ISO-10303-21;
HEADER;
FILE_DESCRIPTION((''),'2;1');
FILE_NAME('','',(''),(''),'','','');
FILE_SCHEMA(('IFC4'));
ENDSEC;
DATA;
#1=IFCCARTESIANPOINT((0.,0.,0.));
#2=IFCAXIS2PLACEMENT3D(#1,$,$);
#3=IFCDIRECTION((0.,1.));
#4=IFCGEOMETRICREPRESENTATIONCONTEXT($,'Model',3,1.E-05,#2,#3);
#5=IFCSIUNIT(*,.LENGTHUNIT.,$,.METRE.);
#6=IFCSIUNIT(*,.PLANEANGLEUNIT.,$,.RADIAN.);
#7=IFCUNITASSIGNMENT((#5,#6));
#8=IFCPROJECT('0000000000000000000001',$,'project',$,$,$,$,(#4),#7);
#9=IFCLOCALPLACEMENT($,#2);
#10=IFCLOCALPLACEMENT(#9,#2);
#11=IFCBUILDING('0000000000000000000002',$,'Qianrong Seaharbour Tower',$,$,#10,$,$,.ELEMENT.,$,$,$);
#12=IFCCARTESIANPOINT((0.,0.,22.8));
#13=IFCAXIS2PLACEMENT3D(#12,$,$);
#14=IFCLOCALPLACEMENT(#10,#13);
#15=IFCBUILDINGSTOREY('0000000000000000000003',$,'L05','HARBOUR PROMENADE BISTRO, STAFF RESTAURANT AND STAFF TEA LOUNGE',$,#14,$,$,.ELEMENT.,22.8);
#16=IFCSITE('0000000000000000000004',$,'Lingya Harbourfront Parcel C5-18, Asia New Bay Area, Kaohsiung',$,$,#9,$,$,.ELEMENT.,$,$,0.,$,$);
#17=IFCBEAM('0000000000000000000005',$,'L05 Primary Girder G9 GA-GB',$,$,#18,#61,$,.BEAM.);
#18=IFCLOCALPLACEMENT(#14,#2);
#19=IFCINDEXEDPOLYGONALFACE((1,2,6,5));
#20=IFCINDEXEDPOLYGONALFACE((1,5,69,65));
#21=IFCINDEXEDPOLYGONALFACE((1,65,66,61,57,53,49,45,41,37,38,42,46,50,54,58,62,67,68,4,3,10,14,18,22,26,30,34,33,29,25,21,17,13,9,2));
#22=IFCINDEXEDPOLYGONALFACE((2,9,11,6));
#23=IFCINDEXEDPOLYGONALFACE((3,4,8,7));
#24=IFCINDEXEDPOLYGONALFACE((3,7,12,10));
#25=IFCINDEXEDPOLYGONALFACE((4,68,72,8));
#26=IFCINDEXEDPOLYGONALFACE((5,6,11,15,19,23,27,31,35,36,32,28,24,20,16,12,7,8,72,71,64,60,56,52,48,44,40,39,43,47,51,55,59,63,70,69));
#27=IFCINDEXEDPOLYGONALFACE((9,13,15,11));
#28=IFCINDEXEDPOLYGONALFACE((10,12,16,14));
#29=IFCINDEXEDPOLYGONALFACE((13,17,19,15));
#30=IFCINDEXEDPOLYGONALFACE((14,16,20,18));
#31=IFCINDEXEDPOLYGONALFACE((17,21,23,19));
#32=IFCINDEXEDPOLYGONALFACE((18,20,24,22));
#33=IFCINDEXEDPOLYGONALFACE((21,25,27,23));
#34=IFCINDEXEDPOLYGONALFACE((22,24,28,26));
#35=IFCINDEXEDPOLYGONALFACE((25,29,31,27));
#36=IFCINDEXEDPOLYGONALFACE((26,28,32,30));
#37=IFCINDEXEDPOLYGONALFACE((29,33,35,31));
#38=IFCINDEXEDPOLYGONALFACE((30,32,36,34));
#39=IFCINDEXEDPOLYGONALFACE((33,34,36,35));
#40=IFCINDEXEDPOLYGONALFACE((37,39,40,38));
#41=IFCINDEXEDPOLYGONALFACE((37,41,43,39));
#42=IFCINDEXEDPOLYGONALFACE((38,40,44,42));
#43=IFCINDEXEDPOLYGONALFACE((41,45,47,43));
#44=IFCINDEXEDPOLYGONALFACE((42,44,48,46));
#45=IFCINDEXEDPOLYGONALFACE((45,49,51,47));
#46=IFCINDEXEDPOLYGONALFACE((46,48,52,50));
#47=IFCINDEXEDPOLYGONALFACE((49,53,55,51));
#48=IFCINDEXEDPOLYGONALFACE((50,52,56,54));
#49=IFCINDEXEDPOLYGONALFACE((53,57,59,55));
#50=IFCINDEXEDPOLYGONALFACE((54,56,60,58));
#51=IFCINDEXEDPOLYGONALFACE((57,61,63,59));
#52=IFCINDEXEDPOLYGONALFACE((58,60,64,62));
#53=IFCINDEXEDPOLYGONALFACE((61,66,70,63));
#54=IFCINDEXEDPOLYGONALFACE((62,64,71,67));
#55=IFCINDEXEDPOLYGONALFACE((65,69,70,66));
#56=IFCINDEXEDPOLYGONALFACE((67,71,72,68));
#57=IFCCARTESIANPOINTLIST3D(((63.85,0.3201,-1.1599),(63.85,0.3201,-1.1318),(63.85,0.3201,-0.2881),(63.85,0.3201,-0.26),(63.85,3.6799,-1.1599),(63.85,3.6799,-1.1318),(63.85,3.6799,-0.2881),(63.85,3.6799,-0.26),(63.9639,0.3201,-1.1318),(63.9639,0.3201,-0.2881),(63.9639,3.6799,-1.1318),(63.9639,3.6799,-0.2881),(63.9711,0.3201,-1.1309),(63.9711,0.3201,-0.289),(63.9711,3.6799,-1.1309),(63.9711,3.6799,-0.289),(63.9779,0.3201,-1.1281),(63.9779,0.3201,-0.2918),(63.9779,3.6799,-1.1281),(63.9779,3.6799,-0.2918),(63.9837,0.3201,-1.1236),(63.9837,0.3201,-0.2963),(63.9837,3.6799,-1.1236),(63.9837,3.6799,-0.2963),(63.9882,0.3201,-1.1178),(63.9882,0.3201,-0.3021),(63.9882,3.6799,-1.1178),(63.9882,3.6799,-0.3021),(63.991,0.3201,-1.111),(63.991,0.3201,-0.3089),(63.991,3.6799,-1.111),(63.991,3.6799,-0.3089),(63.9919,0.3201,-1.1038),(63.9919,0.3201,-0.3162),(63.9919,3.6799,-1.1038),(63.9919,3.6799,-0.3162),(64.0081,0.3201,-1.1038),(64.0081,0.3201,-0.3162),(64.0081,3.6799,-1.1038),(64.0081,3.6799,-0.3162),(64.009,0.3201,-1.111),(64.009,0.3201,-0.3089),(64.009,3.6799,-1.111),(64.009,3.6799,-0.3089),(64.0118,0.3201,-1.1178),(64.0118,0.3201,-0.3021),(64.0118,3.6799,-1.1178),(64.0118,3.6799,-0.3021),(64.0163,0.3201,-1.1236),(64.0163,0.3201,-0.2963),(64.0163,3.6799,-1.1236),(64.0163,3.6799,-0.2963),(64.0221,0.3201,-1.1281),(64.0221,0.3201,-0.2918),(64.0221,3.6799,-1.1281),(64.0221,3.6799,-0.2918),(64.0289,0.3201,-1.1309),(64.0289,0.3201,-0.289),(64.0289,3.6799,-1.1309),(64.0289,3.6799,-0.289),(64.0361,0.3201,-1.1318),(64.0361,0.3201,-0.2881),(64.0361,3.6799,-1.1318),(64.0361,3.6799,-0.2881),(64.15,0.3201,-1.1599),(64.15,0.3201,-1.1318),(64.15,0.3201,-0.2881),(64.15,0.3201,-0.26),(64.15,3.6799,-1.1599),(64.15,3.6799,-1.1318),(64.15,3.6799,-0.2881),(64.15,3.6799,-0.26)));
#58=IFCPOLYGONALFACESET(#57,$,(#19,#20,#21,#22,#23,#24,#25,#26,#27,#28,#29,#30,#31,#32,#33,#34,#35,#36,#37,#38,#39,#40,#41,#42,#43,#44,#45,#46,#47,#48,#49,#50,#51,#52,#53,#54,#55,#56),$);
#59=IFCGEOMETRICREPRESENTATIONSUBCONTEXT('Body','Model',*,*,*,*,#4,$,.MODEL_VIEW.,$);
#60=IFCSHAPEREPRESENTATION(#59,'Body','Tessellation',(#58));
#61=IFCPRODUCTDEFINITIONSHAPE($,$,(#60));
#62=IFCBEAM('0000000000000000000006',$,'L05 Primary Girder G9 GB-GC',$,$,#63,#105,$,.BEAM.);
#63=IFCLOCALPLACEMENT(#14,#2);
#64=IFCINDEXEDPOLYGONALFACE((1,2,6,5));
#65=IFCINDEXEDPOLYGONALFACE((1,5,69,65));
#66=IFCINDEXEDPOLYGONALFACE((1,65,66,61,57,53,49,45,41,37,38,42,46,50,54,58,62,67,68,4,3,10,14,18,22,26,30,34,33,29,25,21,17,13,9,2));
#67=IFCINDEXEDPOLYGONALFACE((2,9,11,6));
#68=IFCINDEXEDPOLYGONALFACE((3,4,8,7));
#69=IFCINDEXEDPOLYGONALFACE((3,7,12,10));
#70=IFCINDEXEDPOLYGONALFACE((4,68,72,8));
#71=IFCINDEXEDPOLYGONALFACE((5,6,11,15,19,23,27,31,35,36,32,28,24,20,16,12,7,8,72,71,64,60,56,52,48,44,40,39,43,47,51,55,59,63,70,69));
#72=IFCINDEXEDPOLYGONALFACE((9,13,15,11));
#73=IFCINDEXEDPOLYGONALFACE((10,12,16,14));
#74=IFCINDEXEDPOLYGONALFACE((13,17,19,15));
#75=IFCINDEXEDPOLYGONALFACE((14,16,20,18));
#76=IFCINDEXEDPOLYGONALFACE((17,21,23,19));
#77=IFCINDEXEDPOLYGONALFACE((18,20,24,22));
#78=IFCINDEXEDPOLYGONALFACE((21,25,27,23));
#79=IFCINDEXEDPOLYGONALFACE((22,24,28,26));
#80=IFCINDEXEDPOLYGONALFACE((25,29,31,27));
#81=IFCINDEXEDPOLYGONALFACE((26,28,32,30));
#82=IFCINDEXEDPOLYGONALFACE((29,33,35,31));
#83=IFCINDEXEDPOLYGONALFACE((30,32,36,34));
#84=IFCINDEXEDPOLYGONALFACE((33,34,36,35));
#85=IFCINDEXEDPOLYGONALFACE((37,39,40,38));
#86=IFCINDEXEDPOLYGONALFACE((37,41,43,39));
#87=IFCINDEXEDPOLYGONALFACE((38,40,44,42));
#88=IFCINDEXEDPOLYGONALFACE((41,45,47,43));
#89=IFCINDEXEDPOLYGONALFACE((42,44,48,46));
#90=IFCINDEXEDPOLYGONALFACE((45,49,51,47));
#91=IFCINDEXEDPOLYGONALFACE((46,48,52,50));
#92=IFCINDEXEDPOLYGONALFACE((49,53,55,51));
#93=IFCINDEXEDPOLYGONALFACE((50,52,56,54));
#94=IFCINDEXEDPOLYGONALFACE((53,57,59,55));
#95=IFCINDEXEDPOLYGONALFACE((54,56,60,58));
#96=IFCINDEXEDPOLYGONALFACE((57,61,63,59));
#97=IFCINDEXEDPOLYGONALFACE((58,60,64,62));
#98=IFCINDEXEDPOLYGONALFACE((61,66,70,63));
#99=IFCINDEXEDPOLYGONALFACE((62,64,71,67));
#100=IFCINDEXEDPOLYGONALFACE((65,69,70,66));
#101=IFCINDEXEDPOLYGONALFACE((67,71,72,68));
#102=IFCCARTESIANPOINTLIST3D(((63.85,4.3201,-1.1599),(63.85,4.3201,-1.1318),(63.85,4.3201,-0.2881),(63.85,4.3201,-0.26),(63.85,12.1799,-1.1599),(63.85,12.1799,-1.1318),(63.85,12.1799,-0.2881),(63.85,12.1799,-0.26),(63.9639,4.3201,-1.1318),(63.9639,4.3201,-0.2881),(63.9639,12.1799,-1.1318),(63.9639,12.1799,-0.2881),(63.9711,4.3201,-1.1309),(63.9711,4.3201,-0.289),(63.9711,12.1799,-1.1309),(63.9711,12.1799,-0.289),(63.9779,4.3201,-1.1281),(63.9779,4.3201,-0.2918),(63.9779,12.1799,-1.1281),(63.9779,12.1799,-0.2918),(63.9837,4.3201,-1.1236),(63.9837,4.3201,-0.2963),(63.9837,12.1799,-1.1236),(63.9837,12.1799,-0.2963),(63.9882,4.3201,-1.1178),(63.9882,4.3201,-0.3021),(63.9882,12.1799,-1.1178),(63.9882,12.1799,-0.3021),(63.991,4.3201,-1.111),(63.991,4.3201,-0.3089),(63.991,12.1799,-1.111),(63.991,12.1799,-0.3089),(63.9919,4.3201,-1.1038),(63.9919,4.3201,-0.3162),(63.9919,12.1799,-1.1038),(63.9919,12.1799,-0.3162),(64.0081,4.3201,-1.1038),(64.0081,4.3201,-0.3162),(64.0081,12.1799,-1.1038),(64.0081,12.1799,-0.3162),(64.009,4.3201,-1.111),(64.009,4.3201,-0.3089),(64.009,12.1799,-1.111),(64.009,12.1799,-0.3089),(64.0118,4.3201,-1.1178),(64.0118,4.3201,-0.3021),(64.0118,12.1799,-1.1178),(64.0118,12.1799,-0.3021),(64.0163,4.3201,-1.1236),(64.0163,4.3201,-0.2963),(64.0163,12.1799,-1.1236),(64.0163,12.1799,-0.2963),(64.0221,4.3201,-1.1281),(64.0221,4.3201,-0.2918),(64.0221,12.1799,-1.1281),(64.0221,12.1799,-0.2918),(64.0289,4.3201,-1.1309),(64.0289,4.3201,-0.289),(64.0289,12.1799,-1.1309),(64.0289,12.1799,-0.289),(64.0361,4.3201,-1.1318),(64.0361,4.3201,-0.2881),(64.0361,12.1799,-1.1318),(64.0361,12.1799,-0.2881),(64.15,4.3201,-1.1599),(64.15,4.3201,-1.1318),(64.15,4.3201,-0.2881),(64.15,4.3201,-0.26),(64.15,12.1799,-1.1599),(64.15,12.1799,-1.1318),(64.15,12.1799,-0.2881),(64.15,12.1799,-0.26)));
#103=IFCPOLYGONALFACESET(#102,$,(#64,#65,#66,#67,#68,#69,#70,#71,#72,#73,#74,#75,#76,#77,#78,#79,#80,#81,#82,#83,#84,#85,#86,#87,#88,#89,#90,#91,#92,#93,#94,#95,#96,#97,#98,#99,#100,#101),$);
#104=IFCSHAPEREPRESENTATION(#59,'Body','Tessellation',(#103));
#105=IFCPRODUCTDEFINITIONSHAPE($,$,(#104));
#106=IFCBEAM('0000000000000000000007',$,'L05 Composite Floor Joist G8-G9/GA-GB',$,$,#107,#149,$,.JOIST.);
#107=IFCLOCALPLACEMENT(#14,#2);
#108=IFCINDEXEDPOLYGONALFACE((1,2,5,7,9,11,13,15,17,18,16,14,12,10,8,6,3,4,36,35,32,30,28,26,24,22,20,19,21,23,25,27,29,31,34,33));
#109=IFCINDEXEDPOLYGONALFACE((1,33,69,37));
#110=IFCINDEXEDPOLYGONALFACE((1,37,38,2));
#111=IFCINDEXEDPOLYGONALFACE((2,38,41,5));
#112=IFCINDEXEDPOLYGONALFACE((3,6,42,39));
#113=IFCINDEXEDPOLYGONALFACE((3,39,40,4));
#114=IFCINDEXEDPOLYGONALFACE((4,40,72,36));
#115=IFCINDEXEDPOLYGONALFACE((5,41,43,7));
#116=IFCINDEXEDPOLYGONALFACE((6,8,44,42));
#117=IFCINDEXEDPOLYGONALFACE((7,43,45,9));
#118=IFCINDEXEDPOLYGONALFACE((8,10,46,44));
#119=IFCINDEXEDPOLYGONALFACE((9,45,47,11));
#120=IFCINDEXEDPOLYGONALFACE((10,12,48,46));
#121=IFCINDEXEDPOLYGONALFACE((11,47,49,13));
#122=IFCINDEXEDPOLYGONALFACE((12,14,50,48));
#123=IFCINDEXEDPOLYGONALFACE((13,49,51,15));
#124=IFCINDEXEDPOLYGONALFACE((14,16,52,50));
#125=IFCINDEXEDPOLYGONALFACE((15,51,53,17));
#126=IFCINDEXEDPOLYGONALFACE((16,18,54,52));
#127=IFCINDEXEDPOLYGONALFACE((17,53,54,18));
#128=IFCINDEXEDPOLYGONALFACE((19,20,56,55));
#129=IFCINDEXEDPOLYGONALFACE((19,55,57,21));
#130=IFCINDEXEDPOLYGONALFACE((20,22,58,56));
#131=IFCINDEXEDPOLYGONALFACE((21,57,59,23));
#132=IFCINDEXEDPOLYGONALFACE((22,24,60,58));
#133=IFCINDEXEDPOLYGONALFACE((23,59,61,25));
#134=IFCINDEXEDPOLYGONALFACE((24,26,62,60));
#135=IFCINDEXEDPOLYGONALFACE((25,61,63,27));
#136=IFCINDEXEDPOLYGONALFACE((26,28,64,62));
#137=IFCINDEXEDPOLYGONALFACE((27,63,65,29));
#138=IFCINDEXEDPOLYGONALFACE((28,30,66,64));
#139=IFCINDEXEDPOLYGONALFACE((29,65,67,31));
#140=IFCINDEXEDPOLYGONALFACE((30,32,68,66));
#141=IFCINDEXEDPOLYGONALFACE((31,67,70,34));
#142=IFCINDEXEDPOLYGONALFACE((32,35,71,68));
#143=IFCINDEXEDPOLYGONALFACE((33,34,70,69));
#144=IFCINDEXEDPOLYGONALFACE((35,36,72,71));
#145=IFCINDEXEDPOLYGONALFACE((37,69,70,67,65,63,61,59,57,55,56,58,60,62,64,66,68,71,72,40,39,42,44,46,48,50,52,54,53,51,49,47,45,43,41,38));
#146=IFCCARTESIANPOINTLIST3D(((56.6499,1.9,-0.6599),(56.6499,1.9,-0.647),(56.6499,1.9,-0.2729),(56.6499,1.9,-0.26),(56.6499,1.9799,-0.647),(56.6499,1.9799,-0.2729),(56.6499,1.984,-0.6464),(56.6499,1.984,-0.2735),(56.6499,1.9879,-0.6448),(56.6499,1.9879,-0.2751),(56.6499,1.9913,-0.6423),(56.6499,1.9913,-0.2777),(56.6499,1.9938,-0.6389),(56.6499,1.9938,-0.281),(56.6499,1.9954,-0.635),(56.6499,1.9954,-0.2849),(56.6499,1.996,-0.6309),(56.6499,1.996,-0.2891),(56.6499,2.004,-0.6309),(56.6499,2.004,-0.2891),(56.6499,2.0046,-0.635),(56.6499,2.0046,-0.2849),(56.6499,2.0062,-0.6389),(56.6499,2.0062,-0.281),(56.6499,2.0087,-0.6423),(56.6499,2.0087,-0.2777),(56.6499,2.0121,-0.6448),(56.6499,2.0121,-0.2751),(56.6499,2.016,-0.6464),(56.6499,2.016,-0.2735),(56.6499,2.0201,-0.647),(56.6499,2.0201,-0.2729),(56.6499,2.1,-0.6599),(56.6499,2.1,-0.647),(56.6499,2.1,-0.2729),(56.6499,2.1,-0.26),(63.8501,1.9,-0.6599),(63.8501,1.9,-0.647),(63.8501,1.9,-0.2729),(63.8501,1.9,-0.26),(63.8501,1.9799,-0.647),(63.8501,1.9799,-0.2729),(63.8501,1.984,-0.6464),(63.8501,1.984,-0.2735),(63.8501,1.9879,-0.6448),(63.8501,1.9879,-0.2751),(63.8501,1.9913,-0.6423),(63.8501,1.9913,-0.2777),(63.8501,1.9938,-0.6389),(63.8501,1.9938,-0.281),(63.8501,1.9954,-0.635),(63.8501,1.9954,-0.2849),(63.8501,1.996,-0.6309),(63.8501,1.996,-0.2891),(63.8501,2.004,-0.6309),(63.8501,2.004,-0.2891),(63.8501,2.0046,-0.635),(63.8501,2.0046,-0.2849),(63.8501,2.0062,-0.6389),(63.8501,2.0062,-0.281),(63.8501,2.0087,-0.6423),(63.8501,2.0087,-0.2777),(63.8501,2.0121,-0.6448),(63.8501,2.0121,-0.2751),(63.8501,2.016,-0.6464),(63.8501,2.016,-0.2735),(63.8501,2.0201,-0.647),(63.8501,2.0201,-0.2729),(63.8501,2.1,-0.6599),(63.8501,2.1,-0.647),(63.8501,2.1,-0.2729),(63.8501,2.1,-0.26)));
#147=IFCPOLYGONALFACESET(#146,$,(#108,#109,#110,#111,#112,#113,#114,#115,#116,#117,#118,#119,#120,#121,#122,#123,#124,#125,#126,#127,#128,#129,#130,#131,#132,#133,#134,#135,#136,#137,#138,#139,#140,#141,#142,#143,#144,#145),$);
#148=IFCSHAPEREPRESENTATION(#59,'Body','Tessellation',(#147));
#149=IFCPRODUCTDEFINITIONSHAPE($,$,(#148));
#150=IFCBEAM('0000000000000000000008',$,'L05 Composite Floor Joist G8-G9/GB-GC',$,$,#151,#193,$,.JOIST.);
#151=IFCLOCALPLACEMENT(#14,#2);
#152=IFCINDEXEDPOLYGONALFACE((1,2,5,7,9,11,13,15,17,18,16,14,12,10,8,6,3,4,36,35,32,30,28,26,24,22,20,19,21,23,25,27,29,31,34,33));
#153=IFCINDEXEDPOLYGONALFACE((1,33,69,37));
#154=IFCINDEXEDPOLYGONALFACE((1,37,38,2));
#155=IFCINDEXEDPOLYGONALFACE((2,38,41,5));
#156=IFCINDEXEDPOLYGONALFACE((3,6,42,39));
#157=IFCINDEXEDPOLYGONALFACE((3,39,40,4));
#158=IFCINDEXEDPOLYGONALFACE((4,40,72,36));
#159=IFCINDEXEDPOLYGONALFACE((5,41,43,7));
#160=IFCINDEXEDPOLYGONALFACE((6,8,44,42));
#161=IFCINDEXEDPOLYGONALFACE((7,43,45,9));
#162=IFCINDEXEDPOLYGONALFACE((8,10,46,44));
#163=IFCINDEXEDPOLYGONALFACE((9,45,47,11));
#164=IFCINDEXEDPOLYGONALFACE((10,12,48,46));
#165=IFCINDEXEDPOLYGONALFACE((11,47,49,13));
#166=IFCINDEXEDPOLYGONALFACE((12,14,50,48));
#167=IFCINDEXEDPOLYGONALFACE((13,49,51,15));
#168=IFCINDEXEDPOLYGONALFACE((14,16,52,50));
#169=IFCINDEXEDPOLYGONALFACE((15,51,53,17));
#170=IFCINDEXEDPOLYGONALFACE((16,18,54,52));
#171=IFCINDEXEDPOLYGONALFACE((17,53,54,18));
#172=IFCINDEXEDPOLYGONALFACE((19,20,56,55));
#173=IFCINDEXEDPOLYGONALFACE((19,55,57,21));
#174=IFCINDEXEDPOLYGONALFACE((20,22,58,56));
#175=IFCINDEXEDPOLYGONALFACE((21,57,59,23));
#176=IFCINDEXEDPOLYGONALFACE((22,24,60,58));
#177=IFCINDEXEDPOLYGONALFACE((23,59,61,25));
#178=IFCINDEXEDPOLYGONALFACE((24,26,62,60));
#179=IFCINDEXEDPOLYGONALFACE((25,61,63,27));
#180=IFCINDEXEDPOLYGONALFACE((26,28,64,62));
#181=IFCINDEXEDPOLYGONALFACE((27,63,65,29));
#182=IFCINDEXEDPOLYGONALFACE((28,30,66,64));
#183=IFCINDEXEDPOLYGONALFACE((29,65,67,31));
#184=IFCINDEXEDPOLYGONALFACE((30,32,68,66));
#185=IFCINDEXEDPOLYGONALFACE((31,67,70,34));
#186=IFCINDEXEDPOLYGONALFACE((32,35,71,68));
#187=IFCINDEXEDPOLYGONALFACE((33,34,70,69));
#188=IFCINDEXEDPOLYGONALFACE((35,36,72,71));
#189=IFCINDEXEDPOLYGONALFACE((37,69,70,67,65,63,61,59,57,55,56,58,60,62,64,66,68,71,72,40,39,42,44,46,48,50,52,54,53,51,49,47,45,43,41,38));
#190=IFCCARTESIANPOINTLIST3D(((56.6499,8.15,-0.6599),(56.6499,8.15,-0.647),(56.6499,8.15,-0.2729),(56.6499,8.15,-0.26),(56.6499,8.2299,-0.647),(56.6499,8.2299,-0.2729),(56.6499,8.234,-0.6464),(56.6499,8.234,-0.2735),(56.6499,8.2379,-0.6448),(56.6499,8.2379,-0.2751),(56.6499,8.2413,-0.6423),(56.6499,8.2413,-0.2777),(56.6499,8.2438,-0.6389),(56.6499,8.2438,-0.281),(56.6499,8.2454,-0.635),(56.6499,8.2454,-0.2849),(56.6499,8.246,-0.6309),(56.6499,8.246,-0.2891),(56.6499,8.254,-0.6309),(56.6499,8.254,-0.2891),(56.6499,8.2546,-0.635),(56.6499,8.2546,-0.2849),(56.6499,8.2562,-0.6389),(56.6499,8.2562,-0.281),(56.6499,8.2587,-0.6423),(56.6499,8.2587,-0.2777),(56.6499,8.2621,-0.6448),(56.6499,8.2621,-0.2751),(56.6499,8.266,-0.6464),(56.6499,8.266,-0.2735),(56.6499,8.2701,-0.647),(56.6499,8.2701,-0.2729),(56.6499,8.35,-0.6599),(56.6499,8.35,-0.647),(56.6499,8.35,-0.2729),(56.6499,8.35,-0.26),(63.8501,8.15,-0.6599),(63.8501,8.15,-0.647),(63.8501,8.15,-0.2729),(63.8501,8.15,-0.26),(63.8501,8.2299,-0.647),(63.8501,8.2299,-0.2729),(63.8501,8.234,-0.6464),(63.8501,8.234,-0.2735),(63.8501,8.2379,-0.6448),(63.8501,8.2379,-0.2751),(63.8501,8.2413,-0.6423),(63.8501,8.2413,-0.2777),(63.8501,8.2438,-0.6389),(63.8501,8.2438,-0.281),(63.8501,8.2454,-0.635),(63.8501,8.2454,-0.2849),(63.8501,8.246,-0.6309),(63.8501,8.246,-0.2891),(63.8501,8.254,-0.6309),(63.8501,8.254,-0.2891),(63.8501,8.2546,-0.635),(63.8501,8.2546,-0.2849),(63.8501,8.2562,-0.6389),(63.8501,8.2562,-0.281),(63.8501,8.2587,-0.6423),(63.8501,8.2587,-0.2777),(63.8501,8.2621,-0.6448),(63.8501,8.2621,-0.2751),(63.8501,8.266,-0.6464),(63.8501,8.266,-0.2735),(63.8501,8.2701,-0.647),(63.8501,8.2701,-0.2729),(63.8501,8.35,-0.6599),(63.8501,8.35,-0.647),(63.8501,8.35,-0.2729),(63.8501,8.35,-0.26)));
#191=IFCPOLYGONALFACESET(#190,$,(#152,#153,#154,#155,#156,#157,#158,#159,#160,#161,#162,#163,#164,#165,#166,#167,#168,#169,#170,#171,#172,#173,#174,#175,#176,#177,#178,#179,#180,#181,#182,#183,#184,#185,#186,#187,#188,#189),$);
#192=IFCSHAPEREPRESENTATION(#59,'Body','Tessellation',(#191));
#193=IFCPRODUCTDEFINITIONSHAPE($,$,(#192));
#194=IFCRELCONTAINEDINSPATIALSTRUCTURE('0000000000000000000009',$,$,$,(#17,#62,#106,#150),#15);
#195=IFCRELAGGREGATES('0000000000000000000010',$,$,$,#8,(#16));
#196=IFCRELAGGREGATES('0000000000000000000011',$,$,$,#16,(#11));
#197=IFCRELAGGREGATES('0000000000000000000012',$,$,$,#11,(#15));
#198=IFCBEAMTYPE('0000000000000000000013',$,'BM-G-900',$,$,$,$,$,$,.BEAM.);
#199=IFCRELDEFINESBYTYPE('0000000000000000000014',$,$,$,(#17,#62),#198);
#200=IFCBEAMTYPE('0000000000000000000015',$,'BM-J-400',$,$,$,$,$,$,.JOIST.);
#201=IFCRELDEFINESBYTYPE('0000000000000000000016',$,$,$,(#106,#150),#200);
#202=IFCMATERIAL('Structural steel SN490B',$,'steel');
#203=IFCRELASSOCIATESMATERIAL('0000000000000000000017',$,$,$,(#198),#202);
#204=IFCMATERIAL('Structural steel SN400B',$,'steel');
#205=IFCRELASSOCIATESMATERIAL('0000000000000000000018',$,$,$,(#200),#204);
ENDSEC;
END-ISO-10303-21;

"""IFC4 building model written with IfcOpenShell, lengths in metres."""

from ifc_helpers import new_model, si_unit, direction, frame, origin, origin_2d, place, context, subcontext, project, spatial, i_section, extrude, material, material_profile, profile_set, type_object, element, save


model = new_model("IFC4")

# Units and contexts
model_context = context("Model", 3, precision=1e-05, world=origin(), true_north=direction((0.0, 1.0)))
body_context = subcontext(model_context, "Body", "Model", "MODEL_VIEW")
ifc_project = project(units=[si_unit("LENGTHUNIT", "METRE"), si_unit("PLANEANGLEUNIT", "RADIAN")], contexts=[model_context])

# Site, building, storey
site_placement = place(None, origin())
site = spatial("IfcSite", under=ifc_project, at=site_placement, Name="Lingya Harbourfront Parcel C5-18, Asia New Bay Area, Kaohsiung", CompositionType="ELEMENT", RefElevation=0.0)
building_placement = place(site_placement, origin())
building = spatial("IfcBuilding", under=site, at=building_placement, Name="Qianrong Seaharbour Tower", CompositionType="ELEMENT")
storey_placement = place(building_placement, frame((0.0, 0.0, 22.8)))
storey = spatial("IfcBuildingStorey", under=building, at=storey_placement, Name="L05", Description="HARBOUR PROMENADE BISTRO, STAFF RESTAURANT AND STAFF TEA LOUNGE", CompositionType="ELEMENT", Elevation=22.8)

# Beams
ifc_material_1 = material(Name="Structural steel SN490B", Category="steel")
ifc_material_profile_1 = material_profile(ifc_material_1, i_section(OverallWidth=0.3, OverallDepth=0.8999, WebThickness=0.0161, FlangeThickness=0.0281, FilletRadius=0.0281, at=origin_2d()), Name="H900x300x16x28")
ifc_profile_set_1 = profile_set([ifc_material_profile_1], Name="Structural steel SN490B")
beam_type_1 = type_object("IfcBeamType", Name="BM-G-900", PredefinedType="BEAM", material=ifc_profile_set_1)
beam_1_placement = place(storey_placement, frame((64.0, 0.3201, -0.71), z_axis=(0.0, 1.0, 0.0), x_axis=(-1.0, 0.0, 0.0)))
element("IfcBeam", 1, at=beam_1_placement, inside=storey, type_object=beam_type_1, Name="L05 Primary Girder G9 GA-GB", PredefinedType="BEAM", context=body_context, shape_type="SweptSolid", body=[
    extrude(i_section(OverallWidth=0.3, OverallDepth=0.8999, WebThickness=0.0161, FlangeThickness=0.0281, FilletRadius=0.0281, at=origin_2d()), origin(), (0.0, 0.0, 1.0), 3.3599),
])
beam_2_placement = place(storey_placement, frame((64.0, 4.3201, -0.71), z_axis=(0.0, 1.0, 0.0), x_axis=(-1.0, 0.0, 0.0)))
element("IfcBeam", 2, at=beam_2_placement, inside=storey, type_object=beam_type_1, Name="L05 Primary Girder G9 GB-GC", PredefinedType="BEAM", context=body_context, shape_type="SweptSolid", body=[
    extrude(i_section(OverallWidth=0.3, OverallDepth=0.8999, WebThickness=0.0161, FlangeThickness=0.0281, FilletRadius=0.0281, at=origin_2d()), origin(), (0.0, 0.0, 1.0), 7.8599),
])
ifc_material_2 = material(Name="Structural steel SN400B", Category="steel")
ifc_material_profile_2 = material_profile(ifc_material_2, i_section(OverallWidth=0.2, OverallDepth=0.3999, WebThickness=0.0081, FlangeThickness=0.0129, FilletRadius=0.0161, at=origin_2d()), Name="H400x200x8x13")
ifc_profile_set_2 = profile_set([ifc_material_profile_2], Name="Structural steel SN400B")
beam_type_2 = type_object("IfcBeamType", Name="BM-J-400", PredefinedType="JOIST", material=ifc_profile_set_2)
for number, where, z_axis, x_axis, name in (
    (3, (56.6499, 2.0, -0.46), (1.0, 0.0, 0.0), (0.0, 1.0, 0.0), "L05 Composite Floor Joist G8-G9/GA-GB"),
    (4, (56.6499, 8.25, -0.46), (1.0, 0.0, 0.0), (0.0, 1.0, 0.0), "L05 Composite Floor Joist G8-G9/GB-GC"),
):
    element("IfcBeam", number, at=place(storey_placement, frame(where, z_axis=z_axis, x_axis=x_axis)), inside=storey, type_object=beam_type_2, Name=name, PredefinedType="JOIST", context=body_context, shape_type="SweptSolid", body=[
        extrude(i_section(OverallWidth=0.2, OverallDepth=0.3999, WebThickness=0.0081, FlangeThickness=0.0129, FilletRadius=0.0161, at=origin_2d()), origin(), (0.0, 0.0, 1.0), 7.2002),
    ])

save(model, "model.ifc")
